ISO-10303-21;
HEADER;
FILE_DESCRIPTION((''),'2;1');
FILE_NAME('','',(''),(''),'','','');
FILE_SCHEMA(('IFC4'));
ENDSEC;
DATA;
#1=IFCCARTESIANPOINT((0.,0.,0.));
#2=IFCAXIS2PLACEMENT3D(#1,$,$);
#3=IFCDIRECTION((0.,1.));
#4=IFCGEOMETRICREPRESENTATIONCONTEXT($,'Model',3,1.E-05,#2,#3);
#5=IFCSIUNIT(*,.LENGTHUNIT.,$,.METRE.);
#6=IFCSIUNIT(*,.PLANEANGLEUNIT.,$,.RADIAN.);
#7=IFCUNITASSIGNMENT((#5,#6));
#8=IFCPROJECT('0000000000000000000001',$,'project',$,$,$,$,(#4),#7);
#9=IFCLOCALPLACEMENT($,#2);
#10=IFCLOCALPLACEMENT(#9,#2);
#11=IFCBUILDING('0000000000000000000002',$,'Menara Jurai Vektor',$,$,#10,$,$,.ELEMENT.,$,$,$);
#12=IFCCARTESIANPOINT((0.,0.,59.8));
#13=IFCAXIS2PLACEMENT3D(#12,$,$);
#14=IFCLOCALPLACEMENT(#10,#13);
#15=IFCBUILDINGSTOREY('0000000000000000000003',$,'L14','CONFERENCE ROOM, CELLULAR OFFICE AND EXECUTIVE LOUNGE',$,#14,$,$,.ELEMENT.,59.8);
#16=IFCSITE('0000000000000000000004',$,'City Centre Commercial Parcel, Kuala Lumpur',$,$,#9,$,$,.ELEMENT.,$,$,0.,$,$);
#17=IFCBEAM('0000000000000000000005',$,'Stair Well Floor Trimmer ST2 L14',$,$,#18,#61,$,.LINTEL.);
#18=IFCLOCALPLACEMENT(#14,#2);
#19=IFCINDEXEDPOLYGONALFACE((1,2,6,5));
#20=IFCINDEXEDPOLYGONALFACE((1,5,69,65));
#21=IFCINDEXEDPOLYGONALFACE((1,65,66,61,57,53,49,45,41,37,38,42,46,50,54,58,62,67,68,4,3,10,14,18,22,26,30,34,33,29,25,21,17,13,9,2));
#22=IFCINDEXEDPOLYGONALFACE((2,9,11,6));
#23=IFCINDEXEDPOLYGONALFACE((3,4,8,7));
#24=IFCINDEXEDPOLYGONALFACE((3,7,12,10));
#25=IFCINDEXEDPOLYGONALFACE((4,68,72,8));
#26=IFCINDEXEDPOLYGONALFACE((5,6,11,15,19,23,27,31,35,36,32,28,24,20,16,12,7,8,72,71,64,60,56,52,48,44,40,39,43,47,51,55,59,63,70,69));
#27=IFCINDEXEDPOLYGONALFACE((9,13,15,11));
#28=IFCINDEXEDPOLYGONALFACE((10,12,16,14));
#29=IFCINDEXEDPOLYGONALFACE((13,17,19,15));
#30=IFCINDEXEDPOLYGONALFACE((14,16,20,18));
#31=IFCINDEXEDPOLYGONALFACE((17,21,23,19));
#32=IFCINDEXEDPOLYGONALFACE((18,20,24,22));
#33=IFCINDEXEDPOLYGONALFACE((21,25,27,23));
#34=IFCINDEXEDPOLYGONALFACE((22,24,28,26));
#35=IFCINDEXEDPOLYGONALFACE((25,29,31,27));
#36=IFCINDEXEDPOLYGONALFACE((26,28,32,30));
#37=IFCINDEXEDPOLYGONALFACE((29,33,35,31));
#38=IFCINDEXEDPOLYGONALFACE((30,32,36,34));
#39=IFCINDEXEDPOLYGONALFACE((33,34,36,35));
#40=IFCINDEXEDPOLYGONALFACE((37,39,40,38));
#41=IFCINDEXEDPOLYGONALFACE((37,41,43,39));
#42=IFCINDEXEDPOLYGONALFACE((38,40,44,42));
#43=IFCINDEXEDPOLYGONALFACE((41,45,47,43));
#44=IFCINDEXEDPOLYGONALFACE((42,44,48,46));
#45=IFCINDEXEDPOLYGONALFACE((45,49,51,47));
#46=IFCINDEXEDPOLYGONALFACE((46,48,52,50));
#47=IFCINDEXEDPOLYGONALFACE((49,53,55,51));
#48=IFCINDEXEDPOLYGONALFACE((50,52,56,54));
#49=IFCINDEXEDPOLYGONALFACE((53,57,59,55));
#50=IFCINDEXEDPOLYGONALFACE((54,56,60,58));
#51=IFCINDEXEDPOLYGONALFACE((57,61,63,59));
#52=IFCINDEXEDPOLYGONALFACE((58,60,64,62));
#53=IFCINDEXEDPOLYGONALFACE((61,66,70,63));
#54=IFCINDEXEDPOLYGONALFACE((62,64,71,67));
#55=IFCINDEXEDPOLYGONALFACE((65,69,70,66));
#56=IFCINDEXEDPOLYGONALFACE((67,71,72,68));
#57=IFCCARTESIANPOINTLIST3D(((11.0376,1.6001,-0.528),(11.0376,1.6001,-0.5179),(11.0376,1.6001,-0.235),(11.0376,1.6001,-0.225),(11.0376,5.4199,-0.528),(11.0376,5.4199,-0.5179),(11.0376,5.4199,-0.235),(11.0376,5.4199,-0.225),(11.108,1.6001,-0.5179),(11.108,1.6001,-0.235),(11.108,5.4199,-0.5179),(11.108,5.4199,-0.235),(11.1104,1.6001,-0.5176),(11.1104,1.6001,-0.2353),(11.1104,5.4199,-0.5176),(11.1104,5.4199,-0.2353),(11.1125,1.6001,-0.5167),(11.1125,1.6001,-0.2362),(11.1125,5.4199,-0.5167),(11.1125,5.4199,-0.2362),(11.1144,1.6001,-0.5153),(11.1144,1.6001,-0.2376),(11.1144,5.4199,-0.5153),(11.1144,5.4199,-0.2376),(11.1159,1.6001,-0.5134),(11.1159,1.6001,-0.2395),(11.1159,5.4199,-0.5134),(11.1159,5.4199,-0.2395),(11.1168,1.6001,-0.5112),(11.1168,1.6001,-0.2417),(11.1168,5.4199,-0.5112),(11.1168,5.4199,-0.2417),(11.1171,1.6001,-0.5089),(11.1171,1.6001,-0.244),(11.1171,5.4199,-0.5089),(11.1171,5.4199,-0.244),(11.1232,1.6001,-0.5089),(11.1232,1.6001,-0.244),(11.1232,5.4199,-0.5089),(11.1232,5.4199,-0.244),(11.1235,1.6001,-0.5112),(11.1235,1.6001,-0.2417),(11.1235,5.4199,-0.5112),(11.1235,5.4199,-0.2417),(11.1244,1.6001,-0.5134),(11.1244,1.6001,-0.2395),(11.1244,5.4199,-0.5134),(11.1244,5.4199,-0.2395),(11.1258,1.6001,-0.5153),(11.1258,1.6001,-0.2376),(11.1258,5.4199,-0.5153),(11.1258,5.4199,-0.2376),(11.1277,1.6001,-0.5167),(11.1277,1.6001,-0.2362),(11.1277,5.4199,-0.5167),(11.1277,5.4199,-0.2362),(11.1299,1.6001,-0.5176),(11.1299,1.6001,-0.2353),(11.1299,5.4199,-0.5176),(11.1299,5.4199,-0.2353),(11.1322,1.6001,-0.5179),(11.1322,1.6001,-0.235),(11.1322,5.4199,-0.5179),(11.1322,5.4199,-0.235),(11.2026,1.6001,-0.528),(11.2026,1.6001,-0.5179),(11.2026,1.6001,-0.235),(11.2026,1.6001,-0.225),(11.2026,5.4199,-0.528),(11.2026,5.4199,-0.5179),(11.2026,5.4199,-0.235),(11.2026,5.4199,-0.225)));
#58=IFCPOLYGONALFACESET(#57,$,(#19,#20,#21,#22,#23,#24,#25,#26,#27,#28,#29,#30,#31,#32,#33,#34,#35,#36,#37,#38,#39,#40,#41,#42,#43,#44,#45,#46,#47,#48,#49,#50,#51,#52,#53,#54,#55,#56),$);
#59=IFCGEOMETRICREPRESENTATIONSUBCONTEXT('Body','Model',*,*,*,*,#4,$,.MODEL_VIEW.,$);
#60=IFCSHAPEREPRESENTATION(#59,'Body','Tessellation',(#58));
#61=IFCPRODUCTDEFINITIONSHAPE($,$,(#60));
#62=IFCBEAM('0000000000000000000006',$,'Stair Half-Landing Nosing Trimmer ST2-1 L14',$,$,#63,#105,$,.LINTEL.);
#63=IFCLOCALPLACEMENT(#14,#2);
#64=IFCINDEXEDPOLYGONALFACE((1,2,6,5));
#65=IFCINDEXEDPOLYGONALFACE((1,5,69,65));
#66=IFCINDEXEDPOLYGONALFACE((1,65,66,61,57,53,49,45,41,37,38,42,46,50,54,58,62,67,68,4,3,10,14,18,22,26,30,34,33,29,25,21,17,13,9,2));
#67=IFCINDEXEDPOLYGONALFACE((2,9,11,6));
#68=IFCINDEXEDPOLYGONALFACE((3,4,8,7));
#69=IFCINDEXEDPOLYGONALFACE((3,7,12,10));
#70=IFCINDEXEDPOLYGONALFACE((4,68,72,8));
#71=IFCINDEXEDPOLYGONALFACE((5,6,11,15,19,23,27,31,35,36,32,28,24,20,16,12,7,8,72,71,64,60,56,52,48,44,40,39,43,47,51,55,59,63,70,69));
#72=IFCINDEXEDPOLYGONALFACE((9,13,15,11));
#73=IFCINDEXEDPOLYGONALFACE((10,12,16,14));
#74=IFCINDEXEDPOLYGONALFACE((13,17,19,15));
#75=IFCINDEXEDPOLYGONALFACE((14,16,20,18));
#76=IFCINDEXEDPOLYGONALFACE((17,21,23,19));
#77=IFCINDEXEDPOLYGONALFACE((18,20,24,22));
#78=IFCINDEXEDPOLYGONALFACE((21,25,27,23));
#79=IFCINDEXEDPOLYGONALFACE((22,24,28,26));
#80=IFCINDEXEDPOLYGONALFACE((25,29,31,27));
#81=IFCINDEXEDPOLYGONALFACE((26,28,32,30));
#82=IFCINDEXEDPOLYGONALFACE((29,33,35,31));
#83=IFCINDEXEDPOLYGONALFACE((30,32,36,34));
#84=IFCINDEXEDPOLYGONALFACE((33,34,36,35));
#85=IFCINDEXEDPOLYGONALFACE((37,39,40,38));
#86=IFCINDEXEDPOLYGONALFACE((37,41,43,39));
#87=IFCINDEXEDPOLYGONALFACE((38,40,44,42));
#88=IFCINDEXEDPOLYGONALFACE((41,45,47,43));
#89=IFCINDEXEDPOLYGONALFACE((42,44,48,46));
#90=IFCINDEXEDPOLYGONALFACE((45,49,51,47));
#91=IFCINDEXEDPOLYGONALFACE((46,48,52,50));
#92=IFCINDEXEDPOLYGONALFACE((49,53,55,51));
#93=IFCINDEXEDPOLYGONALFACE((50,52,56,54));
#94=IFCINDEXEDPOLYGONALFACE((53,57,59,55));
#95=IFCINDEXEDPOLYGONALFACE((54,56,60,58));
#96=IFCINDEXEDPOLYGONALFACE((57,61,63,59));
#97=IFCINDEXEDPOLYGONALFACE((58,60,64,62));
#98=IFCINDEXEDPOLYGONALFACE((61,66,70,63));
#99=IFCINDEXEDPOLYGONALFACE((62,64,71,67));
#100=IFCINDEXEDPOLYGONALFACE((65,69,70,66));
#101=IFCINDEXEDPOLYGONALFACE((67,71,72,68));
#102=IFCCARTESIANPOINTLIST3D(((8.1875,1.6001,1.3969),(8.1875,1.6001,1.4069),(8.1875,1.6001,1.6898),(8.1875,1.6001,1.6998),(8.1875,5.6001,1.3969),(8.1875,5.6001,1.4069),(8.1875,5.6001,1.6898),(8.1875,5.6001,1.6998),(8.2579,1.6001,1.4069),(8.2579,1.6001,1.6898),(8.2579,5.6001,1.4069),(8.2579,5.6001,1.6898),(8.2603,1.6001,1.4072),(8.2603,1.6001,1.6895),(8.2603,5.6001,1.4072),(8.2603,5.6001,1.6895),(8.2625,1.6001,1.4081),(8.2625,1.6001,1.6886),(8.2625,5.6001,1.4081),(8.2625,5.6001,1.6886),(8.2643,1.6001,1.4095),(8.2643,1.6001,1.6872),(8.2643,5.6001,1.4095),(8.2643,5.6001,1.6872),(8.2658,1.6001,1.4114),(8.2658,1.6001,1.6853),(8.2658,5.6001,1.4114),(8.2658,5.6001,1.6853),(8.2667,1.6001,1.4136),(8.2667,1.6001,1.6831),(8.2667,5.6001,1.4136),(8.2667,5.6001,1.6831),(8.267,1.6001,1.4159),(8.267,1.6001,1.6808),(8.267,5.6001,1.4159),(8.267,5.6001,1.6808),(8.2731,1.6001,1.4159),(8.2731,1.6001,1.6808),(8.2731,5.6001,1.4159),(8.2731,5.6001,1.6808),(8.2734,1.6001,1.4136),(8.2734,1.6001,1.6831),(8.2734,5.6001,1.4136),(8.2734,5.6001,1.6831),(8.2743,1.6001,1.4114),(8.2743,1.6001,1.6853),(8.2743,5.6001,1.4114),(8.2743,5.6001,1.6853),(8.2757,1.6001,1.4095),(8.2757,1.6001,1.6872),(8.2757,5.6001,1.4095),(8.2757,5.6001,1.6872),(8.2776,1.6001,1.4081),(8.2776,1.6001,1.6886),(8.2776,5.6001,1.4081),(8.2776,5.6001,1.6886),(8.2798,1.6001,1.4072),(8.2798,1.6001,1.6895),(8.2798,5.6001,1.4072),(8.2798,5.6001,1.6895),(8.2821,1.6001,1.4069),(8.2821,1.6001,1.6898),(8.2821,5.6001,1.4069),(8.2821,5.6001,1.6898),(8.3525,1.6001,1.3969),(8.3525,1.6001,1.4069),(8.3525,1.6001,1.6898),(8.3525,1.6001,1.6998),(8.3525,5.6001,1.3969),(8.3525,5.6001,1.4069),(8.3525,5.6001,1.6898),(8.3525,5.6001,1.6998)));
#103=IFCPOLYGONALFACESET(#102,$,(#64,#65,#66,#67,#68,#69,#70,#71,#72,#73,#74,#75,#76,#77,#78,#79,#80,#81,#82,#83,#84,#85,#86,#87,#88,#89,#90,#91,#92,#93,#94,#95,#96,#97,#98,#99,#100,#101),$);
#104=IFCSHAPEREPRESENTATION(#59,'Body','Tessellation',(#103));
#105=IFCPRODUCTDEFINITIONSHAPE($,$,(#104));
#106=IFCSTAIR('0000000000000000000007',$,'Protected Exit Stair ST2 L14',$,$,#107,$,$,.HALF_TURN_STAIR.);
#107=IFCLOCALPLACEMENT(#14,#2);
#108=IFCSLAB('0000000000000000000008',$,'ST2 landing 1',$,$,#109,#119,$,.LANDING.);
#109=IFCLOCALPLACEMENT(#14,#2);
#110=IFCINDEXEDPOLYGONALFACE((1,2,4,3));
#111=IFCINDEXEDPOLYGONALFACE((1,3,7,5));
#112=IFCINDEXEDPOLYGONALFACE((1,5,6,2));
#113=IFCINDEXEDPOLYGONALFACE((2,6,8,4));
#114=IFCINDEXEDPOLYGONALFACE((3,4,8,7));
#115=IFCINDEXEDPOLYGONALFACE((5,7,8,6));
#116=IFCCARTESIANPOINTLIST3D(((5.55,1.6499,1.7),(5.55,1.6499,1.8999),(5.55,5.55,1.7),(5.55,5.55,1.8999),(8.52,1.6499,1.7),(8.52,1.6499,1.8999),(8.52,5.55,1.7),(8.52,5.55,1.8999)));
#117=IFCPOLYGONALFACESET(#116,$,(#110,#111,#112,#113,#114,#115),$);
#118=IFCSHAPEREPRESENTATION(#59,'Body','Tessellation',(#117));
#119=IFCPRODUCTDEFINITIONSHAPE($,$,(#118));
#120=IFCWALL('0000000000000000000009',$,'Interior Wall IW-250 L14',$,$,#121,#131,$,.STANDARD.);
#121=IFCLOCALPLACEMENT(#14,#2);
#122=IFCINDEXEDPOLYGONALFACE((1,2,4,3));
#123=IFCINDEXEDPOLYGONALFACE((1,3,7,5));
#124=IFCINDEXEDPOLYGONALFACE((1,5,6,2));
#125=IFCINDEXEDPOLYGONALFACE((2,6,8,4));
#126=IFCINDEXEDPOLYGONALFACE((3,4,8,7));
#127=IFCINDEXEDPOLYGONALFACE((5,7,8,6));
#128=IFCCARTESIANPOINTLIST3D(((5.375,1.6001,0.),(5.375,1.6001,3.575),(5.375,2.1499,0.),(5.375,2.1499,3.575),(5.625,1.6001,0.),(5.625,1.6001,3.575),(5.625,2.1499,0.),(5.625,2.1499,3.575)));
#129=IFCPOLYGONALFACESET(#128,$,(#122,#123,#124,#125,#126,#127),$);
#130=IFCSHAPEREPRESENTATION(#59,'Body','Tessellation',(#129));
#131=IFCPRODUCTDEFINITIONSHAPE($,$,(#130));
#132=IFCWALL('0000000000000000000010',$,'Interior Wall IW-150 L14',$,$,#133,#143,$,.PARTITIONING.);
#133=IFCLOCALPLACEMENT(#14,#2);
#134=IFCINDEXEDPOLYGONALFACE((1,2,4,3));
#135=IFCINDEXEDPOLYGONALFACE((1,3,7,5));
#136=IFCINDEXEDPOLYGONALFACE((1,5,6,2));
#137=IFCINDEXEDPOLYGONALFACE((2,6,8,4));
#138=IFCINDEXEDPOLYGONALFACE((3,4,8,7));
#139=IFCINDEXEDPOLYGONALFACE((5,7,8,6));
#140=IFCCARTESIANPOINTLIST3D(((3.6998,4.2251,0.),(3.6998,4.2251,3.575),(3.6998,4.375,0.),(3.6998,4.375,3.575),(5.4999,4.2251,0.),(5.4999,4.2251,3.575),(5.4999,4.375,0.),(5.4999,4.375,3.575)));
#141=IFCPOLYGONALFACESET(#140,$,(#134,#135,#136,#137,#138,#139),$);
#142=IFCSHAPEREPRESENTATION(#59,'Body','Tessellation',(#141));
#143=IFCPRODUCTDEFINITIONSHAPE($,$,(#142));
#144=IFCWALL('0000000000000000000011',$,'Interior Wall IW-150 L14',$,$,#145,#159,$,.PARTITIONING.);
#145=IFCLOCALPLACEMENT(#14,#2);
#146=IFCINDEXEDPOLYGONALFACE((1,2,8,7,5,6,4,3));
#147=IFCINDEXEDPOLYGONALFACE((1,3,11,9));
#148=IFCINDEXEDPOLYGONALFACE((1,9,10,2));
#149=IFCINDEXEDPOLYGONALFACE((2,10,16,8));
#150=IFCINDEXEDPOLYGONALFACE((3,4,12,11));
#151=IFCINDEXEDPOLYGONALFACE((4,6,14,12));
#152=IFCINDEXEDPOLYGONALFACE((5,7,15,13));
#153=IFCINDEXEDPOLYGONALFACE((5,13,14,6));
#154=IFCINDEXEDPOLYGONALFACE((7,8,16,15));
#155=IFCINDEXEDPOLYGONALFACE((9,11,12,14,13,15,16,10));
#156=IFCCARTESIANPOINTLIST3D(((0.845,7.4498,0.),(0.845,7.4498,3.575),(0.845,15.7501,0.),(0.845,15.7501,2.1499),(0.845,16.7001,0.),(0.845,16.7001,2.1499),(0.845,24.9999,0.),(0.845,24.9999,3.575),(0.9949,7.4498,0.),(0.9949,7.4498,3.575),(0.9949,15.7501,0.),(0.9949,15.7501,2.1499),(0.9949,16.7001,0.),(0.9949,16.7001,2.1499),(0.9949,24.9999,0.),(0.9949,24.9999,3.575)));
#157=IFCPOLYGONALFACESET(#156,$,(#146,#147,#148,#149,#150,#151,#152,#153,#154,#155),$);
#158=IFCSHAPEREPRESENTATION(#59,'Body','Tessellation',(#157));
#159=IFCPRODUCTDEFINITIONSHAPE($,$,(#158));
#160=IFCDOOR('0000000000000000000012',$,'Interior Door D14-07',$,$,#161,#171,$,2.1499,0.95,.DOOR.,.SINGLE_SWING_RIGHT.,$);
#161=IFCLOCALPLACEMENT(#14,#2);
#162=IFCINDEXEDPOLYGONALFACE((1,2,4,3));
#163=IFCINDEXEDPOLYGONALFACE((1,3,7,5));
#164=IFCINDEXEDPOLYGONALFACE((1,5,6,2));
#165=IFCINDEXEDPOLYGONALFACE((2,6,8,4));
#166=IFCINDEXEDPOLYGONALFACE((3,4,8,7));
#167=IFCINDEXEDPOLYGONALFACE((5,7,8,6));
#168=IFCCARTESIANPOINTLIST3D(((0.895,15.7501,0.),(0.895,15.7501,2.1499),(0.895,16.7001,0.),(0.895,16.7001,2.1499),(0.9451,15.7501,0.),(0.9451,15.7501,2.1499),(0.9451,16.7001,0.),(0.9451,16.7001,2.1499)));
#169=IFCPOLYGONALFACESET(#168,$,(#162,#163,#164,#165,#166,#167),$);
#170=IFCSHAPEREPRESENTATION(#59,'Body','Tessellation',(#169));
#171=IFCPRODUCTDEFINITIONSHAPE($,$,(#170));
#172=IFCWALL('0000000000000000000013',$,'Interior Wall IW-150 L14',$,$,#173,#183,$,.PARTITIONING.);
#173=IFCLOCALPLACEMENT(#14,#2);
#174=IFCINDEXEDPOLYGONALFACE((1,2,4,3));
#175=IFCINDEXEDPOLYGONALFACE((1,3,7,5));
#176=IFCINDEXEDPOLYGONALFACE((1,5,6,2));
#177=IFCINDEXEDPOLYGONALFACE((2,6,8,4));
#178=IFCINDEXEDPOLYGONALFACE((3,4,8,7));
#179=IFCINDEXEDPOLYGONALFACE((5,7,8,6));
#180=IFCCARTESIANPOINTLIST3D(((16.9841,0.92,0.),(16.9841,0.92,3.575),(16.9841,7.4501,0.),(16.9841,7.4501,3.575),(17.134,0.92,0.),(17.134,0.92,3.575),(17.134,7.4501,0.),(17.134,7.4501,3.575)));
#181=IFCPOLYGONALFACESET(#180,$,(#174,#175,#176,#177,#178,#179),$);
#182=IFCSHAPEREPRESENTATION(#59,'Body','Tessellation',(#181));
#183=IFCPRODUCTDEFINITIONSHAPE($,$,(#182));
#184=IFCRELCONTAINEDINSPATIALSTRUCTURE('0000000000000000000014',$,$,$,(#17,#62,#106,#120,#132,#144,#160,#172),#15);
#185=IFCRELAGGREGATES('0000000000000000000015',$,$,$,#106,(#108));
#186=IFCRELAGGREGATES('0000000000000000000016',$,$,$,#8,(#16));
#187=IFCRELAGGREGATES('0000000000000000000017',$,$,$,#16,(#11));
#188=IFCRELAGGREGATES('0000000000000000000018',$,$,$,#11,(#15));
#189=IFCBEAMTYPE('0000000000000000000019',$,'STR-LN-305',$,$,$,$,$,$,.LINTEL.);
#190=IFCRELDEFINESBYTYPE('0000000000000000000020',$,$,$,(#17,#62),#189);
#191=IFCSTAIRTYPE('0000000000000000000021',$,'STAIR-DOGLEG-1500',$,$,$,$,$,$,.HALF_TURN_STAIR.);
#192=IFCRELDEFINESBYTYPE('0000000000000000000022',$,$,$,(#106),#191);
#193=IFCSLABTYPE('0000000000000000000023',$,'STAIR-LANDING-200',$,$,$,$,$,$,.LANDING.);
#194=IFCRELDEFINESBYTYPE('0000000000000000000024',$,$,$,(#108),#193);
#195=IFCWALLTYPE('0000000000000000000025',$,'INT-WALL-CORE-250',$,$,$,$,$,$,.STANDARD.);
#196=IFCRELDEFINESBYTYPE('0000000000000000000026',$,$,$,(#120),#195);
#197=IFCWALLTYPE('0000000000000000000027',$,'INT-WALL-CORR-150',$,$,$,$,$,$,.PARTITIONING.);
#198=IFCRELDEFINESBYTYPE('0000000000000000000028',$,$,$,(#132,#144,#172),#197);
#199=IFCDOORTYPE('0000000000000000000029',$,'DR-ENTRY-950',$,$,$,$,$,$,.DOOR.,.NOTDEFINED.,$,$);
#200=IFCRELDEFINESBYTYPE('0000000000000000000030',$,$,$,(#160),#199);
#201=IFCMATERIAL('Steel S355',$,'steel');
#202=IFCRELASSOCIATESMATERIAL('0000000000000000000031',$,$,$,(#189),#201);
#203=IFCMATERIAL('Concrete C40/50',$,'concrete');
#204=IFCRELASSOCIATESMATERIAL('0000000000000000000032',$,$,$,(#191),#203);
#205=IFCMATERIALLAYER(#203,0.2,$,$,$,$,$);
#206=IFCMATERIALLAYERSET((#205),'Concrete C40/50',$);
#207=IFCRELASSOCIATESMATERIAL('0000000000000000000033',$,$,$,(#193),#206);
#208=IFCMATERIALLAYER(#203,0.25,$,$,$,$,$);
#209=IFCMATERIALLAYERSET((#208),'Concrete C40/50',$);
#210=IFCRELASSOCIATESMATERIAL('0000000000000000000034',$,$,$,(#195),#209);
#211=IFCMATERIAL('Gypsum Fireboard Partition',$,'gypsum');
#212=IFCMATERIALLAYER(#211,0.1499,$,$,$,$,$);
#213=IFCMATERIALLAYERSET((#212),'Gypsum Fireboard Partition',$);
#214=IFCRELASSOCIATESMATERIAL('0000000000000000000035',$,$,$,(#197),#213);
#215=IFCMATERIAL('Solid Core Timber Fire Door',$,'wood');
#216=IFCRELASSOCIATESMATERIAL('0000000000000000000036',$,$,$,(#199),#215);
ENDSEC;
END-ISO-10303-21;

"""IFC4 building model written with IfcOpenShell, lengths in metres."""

from ifc_helpers import new_model, si_unit, direction, frame, frame_2d, origin, origin_2d, place, context, subcontext, project, spatial, polyline, rectangle, i_section, outline, extrude, material, layer, layer_set, material_profile, profile_set, type_object, element, fill, aggregate, save


model = new_model("IFC4")

# Units and contexts
model_context = context("Model", 3, precision=1e-05, world=origin(), true_north=direction((0.0, 1.0)))
body_context = subcontext(model_context, "Body", "Model", "MODEL_VIEW")
ifc_project = project(units=[si_unit("LENGTHUNIT", "METRE"), si_unit("PLANEANGLEUNIT", "RADIAN")], contexts=[model_context])

# Site, building, storey
site_placement = place(None, origin())
site = spatial("IfcSite", under=ifc_project, at=site_placement, Name="City Centre Commercial Parcel, Kuala Lumpur", CompositionType="ELEMENT", RefElevation=0.0)
building_placement = place(site_placement, origin())
building = spatial("IfcBuilding", under=site, at=building_placement, Name="Menara Jurai Vektor", CompositionType="ELEMENT")
storey_placement = place(building_placement, frame((0.0, 0.0, 59.8)))
storey = spatial("IfcBuildingStorey", under=building, at=storey_placement, Name="L14", Description="CONFERENCE ROOM, CELLULAR OFFICE AND EXECUTIVE LOUNGE", CompositionType="ELEMENT", Elevation=59.8)

# Shared definitions
ifc_material_1 = material(Name="Steel S355", Category="steel")

# Beams
ifc_material_profile_1 = material_profile(ifc_material_1, i_section(OverallWidth=0.165, OverallDepth=0.303, WebThickness=0.0061, FlangeThickness=0.01, FilletRadius=0.009, at=origin_2d()), Name="UKB 305x165x40")
ifc_profile_set_1 = profile_set([ifc_material_profile_1], Name="Steel S355")
beam_type_1 = type_object("IfcBeamType", Name="STR-LN-305", PredefinedType="LINTEL", material=ifc_profile_set_1)
beam_1_placement = place(storey_placement, frame((11.1201, 1.6001, -0.3765), z_axis=(0.0, 1.0, 0.0), x_axis=(-1.0, 0.0, 0.0)))
element("IfcBeam", 1, at=beam_1_placement, inside=storey, type_object=beam_type_1, Name="Stair Well Floor Trimmer ST2 L14", PredefinedType="LINTEL", context=body_context, shape_type="SweptSolid", body=[
    extrude(i_section(OverallWidth=0.165, OverallDepth=0.303, WebThickness=0.0061, FlangeThickness=0.01, FilletRadius=0.009, at=origin_2d()), origin(), (0.0, 0.0, 1.0), 3.8198),
])
beam_2_placement = place(storey_placement, frame((8.27, 1.6001, 1.5483), z_axis=(0.0, 1.0, 0.0), x_axis=(-1.0, 0.0, 0.0)))
element("IfcBeam", 2, at=beam_2_placement, inside=storey, type_object=beam_type_1, Name="Stair Half-Landing Nosing Trimmer ST2-1 L14", PredefinedType="LINTEL", context=body_context, shape_type="SweptSolid", body=[
    extrude(i_section(OverallWidth=0.165, OverallDepth=0.303, WebThickness=0.0061, FlangeThickness=0.01, FilletRadius=0.009, at=origin_2d()), origin(), (0.0, 0.0, 1.0), 4.0),
])

# Stair, slab
ifc_material_2 = material(Name="Concrete C40/50", Category="concrete")
stair_type = type_object("IfcStairType", Name="STAIR-DOGLEG-1500", PredefinedType="HALF_TURN_STAIR", material=ifc_material_2)
stair_placement = place(storey_placement, origin())
stair = element("IfcStair", 3, at=stair_placement, inside=storey, type_object=stair_type, Name="Protected Exit Stair ST2 L14", PredefinedType="HALF_TURN_STAIR")
ifc_layer_1 = layer(ifc_material_2, 0.2)
ifc_layer_set_1 = layer_set([ifc_layer_1], Name="Concrete C40/50")
slab_type = type_object("IfcSlabType", Name="STAIR-LANDING-200", PredefinedType="LANDING", material=ifc_layer_set_1)
slab_placement = place(storey_placement, frame((0.0, 0.0, 1.7)))
slab = element("IfcSlab", 4, at=slab_placement, type_object=slab_type, Name="ST2 landing 1", PredefinedType="LANDING", context=body_context, shape_type="SweptSolid", body=[
    extrude(outline(polyline([(5.55, 1.6499), (8.52, 1.6499), (8.52, 5.55), (5.55, 5.55), (5.55, 1.6499)])), origin(), (0.0, 0.0, 1.0), 0.2),
])

# Shared definitions
ifc_layer_2 = layer(ifc_material_2, 0.25)
ifc_layer_set_2 = layer_set([ifc_layer_2], Name="Concrete C40/50")
wall_type_1 = type_object("IfcWallType", Name="INT-WALL-CORE-250", PredefinedType="STANDARD", material=ifc_layer_set_2)

# Walls
wall_1_placement = place(storey_placement, frame((5.5, 1.6001, 0.0), z_axis=(0.0, 0.0, 1.0), x_axis=(0.0, 1.0, 0.0)))
element("IfcWall", 5, at=wall_1_placement, inside=storey, type_object=wall_type_1, Name="Interior Wall IW-250 L14", PredefinedType="STANDARD", context=body_context, shape_type="SweptSolid", body=[
    extrude(rectangle(XDim=0.5498, YDim=0.25, at=frame_2d((0.2749, 0.0))), origin(), (0.0, 0.0, 1.0), 3.575),
])
ifc_material_3 = material(Name="Gypsum Fireboard Partition", Category="gypsum")
ifc_layer_3 = layer(ifc_material_3, 0.1499)
ifc_layer_set_3 = layer_set([ifc_layer_3], Name="Gypsum Fireboard Partition")
wall_type_2 = type_object("IfcWallType", Name="INT-WALL-CORR-150", PredefinedType="PARTITIONING", material=ifc_layer_set_3)
wall_2_placement = place(storey_placement, frame((3.7, 4.3, 0.0), z_axis=(0.0, 0.0, 1.0), x_axis=(1.0, 0.0, 0.0)))
element("IfcWall", 6, at=wall_2_placement, inside=storey, type_object=wall_type_2, Name="Interior Wall IW-150 L14", PredefinedType="PARTITIONING", context=body_context, shape_type="SweptSolid", body=[
    extrude(rectangle(XDim=1.8, YDim=0.1499, at=frame_2d((0.8999, 0.0))), origin(), (0.0, 0.0, 1.0), 3.575),
])

# Wall, opening, door
wall_3_placement = place(storey_placement, frame((0.9199, 7.45, 0.0), z_axis=(0.0, 0.0, 1.0), x_axis=(0.0, 1.0, 0.0)))
wall_3 = element("IfcWall", 7, at=wall_3_placement, inside=storey, type_object=wall_type_2, Name="Interior Wall IW-150 L14", PredefinedType="PARTITIONING", context=body_context, shape_type="SweptSolid", body=[
    extrude(rectangle(XDim=17.55, YDim=0.1499, at=frame_2d((8.7749, 0.0))), origin(), (0.0, 0.0, 1.0), 3.575),
])
opening_1_placement = place(wall_3_placement, frame((8.3, 0.0, 0.0)))
opening_1 = element("IfcOpeningElement", 8, at=opening_1_placement, cuts=wall_3, PredefinedType="OPENING", context=body_context, shape_type="SweptSolid", body=[
    extrude(rectangle(XDim=0.95, YDim=2.1499, at=frame_2d((0.4751, 1.075))), frame((0.0, 0.085, 0.0), z_axis=(0.0, -1.0, 0.0), x_axis=(1.0, 0.0, 0.0)), (0.0, 0.0, 1.0), 0.1699),
])
ifc_material_4 = material(Name="Solid Core Timber Fire Door", Category="wood")
door_type_1 = type_object("IfcDoorType", Name="DR-ENTRY-950", OperationType="NOTDEFINED", PredefinedType="DOOR", material=ifc_material_4)
door_1_placement = place(opening_1_placement, origin())
door_1 = element("IfcDoor", 9, at=door_1_placement, inside=storey, type_object=door_type_1, Name="Interior Door D14-07", OperationType="SINGLE_SWING_RIGHT", OverallHeight=2.1499, OverallWidth=0.95, PredefinedType="DOOR", context=body_context, shape_type="SweptSolid", body=[
    extrude(rectangle(XDim=0.95, YDim=2.1499, at=frame_2d((0.4751, 1.075))), frame((0.0, 0.0249, 0.0), z_axis=(0.0, -1.0, 0.0), x_axis=(1.0, 0.0, 0.0)), (0.0, 0.0, 1.0), 0.05),
])
fill(opening_1, door_1)

# Wall
wall_4_placement = place(storey_placement, frame((17.0591, 0.9199, 0.0), z_axis=(0.0, 0.0, 1.0), x_axis=(0.0, 1.0, 0.0)))
element("IfcWall", 10, at=wall_4_placement, inside=storey, type_object=wall_type_2, Name="Interior Wall IW-150 L14", PredefinedType="PARTITIONING", context=body_context, shape_type="SweptSolid", body=[
    extrude(rectangle(XDim=6.53, YDim=0.1499, at=frame_2d((3.2651, 0.0))), origin(), (0.0, 0.0, 1.0), 3.575),
])

aggregate(stair, [slab])

save(model, "model.ifc")
